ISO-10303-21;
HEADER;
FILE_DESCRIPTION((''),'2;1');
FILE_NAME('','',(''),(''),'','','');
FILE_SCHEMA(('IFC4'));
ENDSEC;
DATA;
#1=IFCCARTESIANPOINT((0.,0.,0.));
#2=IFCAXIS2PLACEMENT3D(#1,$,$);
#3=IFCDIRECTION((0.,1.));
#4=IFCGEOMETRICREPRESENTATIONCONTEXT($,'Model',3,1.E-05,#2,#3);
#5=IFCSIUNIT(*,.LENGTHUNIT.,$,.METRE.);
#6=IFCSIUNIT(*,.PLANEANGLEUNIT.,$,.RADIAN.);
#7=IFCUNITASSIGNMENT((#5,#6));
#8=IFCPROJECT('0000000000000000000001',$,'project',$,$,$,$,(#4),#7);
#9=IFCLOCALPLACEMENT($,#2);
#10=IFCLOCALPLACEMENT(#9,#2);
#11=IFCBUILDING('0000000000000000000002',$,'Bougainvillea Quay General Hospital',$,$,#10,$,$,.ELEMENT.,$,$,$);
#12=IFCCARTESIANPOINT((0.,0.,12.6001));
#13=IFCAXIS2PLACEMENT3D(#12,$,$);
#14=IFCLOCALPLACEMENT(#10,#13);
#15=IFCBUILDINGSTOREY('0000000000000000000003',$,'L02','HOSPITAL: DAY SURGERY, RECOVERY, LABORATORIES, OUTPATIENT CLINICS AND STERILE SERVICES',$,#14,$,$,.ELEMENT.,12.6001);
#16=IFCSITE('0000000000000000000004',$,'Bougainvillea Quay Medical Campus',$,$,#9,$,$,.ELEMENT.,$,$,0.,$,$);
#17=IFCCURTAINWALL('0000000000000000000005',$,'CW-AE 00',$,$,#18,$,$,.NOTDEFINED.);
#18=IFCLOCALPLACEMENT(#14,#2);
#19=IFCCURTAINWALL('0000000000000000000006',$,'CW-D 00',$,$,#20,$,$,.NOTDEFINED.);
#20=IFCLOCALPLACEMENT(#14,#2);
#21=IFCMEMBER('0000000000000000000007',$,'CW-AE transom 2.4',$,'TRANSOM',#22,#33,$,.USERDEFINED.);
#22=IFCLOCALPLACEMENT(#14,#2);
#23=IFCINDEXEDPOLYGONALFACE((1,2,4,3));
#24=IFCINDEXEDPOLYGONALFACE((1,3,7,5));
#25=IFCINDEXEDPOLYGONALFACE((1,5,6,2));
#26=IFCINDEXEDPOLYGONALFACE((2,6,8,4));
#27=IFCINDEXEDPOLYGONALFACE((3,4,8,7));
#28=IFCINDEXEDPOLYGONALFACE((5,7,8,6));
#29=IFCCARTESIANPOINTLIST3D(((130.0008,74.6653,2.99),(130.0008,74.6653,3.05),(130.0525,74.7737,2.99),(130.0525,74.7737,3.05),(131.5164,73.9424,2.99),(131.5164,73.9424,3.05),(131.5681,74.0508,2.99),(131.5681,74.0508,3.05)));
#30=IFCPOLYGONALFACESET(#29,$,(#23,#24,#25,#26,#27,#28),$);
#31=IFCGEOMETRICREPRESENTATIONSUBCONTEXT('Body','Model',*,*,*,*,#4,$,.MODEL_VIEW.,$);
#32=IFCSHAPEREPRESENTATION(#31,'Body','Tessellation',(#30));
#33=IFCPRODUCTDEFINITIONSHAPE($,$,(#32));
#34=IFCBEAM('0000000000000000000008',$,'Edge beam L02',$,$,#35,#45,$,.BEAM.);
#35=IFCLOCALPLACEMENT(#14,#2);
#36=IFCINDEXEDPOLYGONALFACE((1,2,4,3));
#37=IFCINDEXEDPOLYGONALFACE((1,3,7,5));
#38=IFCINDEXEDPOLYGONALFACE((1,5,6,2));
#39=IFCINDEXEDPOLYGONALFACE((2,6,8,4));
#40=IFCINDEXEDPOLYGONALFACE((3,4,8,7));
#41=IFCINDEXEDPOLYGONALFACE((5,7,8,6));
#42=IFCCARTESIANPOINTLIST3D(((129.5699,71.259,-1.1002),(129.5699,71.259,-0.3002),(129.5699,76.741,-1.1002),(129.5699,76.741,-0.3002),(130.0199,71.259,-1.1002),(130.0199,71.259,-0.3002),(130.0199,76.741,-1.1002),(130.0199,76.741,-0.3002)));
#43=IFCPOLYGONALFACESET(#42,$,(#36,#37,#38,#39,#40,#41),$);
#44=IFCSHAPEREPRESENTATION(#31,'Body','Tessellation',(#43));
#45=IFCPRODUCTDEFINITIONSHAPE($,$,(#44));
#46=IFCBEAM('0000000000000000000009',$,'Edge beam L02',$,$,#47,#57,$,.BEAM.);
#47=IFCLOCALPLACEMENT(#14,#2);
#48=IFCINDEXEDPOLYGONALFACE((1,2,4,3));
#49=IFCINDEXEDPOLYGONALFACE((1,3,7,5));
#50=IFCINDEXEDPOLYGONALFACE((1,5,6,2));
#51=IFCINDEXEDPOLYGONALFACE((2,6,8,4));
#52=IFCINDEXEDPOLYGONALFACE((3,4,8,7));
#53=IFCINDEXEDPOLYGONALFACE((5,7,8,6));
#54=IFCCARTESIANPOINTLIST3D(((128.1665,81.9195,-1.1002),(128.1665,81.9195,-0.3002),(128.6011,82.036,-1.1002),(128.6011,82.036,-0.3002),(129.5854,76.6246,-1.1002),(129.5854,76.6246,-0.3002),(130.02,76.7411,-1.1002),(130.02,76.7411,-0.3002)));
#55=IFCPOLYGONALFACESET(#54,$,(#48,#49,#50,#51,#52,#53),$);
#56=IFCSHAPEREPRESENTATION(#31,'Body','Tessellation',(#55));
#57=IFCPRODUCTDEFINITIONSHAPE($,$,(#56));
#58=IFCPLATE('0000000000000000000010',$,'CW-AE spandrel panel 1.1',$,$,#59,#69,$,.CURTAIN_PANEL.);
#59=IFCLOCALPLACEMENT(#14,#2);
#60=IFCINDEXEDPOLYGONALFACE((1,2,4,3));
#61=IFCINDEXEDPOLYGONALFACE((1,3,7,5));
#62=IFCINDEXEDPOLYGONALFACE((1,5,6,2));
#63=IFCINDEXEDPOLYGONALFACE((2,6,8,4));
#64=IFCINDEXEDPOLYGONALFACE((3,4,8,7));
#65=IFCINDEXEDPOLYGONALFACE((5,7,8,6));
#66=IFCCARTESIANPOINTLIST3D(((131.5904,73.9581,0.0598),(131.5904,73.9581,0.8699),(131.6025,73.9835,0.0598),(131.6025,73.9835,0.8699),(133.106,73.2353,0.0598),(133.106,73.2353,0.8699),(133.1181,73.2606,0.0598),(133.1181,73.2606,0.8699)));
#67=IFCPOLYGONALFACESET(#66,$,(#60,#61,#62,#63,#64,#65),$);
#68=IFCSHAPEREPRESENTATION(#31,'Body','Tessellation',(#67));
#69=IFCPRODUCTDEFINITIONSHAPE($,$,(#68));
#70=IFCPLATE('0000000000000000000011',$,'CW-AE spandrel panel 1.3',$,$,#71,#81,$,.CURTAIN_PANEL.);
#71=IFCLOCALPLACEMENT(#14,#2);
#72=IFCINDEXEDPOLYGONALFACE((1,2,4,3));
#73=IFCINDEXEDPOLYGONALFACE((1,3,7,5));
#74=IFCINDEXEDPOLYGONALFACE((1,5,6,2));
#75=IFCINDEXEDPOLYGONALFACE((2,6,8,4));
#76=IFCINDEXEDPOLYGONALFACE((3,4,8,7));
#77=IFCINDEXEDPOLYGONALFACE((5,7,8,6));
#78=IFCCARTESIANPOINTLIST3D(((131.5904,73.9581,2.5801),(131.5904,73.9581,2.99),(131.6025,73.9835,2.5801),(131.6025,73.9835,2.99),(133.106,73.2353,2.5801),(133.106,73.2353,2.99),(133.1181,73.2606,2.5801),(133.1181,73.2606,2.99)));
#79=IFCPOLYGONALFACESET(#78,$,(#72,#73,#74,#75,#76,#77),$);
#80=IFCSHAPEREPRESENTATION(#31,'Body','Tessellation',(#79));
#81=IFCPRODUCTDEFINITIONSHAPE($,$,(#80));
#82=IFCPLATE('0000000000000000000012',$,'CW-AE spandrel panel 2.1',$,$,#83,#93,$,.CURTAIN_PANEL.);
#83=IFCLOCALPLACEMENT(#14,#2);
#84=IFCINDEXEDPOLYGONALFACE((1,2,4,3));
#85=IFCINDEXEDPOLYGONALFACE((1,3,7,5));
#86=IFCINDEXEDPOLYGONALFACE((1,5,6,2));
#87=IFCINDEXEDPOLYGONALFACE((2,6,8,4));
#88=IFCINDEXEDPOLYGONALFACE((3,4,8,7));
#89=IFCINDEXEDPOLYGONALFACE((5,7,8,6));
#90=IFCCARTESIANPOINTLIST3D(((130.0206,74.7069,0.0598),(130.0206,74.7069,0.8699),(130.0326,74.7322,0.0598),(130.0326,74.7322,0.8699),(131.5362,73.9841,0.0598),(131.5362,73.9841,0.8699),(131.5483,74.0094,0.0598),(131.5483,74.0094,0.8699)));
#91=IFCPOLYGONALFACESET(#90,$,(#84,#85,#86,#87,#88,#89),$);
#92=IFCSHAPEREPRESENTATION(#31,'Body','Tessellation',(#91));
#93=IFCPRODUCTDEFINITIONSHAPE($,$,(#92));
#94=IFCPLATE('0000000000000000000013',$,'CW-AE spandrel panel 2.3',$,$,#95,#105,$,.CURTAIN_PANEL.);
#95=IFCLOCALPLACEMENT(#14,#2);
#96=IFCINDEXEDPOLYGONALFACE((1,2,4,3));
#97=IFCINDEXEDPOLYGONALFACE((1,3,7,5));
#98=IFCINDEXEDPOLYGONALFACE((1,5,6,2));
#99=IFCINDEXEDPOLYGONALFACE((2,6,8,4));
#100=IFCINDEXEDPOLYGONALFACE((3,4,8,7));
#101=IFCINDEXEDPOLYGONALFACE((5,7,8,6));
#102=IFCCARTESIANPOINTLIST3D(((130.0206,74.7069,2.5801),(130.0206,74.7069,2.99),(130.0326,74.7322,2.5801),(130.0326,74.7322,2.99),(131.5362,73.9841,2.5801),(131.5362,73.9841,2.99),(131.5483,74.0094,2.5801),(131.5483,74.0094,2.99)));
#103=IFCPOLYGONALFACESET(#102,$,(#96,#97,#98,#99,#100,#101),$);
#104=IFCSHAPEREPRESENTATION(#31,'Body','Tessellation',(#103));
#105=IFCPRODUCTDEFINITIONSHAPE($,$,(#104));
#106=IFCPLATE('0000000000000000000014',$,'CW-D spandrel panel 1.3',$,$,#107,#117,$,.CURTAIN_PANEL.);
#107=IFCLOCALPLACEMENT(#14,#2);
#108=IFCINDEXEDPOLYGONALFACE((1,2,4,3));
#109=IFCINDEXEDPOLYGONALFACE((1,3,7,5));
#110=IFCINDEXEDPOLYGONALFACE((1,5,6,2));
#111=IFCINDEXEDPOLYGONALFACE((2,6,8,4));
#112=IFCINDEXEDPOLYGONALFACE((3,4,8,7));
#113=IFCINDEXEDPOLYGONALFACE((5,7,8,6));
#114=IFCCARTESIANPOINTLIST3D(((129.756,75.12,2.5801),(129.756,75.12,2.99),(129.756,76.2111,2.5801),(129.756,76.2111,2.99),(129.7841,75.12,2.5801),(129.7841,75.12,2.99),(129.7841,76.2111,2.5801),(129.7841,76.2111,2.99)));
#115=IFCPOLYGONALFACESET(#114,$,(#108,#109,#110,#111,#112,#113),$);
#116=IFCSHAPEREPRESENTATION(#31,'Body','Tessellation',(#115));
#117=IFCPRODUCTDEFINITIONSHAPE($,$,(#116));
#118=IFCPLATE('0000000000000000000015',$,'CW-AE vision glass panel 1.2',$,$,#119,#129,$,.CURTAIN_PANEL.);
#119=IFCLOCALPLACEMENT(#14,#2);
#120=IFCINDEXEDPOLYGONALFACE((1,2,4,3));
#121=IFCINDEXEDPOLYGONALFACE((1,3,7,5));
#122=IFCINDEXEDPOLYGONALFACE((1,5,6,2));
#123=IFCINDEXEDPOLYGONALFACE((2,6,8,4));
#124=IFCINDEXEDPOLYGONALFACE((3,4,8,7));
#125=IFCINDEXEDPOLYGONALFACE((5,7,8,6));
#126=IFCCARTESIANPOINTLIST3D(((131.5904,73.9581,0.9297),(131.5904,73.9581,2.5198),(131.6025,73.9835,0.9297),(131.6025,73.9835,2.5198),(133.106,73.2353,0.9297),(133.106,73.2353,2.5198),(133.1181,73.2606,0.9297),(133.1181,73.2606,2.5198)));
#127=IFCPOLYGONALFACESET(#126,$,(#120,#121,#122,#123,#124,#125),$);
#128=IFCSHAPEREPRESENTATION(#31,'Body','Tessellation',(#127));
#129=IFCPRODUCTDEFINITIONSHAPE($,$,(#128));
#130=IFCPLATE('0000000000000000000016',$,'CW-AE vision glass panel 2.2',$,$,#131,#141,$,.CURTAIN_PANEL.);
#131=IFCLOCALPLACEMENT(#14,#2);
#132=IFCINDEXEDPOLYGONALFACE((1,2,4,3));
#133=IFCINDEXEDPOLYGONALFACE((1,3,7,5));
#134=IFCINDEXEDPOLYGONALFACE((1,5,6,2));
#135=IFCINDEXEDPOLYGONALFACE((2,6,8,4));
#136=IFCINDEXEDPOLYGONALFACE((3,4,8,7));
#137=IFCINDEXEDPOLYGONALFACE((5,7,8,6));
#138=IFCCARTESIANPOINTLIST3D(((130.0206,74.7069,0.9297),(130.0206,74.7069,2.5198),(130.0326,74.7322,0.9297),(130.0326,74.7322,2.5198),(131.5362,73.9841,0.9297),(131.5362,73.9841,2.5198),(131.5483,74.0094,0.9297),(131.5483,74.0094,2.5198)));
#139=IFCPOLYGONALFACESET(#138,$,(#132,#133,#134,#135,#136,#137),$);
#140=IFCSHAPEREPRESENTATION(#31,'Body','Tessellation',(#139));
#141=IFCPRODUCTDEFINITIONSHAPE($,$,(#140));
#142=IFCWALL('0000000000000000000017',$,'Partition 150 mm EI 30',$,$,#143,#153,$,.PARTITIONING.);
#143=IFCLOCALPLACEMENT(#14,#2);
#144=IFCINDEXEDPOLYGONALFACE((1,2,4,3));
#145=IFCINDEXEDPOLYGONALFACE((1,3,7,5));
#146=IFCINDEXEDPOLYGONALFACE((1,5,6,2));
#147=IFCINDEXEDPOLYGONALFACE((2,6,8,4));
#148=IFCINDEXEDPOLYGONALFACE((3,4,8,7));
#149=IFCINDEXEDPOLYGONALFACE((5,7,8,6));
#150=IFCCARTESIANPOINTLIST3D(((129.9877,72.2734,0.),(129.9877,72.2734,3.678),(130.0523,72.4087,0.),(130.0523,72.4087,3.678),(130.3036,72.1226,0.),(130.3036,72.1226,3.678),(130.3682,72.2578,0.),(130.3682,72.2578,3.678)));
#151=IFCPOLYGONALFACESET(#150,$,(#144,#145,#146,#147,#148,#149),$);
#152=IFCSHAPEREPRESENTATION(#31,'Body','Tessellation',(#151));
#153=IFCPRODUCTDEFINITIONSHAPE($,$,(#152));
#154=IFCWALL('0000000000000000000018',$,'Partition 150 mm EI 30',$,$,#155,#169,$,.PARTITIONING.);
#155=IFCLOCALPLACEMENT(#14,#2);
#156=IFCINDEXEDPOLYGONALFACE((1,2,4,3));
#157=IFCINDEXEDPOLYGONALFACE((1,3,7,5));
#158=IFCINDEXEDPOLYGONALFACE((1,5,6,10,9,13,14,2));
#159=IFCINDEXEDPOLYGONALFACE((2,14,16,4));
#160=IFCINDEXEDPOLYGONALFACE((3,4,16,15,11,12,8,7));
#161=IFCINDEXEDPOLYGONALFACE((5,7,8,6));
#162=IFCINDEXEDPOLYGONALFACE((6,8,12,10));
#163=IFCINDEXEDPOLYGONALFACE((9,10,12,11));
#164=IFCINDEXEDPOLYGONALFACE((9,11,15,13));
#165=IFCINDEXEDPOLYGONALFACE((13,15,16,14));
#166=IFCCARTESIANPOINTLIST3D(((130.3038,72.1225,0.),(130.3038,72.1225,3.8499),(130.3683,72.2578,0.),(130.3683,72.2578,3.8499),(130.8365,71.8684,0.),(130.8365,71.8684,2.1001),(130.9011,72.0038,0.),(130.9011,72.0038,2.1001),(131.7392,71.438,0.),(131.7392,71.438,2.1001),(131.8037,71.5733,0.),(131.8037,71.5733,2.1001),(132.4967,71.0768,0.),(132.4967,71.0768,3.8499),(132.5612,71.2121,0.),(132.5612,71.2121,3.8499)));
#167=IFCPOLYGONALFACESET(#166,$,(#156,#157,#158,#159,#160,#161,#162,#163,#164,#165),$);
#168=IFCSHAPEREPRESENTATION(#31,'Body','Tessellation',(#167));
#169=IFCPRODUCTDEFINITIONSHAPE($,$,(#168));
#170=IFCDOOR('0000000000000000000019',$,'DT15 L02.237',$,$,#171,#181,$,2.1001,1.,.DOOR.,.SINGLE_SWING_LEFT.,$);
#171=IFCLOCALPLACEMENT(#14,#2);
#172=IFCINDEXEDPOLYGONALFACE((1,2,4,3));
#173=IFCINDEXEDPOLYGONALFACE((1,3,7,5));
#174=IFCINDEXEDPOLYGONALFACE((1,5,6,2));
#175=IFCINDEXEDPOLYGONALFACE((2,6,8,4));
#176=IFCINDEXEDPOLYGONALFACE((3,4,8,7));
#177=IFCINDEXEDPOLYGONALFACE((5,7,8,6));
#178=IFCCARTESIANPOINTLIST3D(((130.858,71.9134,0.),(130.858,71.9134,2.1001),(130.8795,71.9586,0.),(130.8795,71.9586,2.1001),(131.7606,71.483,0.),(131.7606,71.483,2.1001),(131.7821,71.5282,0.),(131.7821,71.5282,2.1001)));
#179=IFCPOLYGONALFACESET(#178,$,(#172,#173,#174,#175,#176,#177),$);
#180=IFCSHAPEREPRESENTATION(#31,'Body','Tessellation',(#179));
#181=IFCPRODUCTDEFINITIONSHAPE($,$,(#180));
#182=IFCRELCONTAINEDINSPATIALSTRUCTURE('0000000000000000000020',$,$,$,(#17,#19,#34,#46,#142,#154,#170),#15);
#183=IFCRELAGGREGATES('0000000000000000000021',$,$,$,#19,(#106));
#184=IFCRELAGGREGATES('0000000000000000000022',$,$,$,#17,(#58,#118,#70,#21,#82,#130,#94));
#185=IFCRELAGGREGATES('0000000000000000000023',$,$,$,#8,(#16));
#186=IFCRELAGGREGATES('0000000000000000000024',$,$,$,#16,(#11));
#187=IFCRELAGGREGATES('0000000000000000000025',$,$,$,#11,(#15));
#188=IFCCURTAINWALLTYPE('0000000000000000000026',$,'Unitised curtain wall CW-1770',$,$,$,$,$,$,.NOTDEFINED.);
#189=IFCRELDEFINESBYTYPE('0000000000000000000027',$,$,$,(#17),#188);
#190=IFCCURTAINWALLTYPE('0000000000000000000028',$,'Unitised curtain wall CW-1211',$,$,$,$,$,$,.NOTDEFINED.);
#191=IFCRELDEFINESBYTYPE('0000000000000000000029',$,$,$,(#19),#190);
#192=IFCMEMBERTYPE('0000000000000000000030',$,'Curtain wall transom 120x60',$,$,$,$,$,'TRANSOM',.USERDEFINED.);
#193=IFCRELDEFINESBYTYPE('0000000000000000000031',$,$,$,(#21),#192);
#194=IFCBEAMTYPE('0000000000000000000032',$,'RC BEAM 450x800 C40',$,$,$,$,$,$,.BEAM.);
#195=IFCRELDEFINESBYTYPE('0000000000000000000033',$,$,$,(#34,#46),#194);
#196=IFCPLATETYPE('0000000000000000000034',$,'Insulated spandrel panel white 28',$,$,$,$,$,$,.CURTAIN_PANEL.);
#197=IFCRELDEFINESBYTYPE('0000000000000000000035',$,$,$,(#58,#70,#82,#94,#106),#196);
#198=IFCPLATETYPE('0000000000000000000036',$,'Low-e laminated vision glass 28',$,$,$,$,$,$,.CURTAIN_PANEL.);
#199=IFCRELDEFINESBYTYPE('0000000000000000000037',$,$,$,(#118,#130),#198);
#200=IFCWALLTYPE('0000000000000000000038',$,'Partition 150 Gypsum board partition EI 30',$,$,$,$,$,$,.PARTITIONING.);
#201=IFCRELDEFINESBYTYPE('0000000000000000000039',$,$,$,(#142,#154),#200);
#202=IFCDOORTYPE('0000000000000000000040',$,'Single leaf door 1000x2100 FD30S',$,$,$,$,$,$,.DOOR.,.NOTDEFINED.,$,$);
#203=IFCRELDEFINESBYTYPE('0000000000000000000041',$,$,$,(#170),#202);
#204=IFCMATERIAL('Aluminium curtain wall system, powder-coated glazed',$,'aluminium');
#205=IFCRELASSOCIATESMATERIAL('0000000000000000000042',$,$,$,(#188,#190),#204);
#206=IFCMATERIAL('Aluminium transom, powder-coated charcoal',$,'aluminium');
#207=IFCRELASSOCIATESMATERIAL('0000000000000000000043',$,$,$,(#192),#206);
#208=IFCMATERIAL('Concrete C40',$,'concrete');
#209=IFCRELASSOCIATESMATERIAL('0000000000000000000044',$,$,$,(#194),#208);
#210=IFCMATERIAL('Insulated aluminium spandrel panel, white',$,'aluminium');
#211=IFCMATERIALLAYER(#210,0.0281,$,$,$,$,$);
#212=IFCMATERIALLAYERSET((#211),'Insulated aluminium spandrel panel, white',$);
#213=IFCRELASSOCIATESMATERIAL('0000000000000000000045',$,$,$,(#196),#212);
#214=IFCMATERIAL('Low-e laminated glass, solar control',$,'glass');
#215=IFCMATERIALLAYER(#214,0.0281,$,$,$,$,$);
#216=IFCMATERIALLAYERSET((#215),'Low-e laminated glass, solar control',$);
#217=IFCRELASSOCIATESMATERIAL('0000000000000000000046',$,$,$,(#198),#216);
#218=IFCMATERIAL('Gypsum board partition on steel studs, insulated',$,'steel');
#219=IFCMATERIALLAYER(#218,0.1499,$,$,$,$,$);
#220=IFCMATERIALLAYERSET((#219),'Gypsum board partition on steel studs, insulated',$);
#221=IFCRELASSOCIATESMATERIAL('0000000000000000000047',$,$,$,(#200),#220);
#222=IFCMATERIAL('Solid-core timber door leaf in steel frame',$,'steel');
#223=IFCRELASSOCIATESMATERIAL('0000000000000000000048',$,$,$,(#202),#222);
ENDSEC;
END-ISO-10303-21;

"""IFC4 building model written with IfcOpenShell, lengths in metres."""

from ifc_helpers import new_model, si_unit, direction, frame, frame_2d, origin, origin_2d, place, context, subcontext, project, spatial, rectangle, extrude, material, layer, layer_set, material_profile, profile_set, type_object, element, fill, aggregate, save


model = new_model("IFC4")

# Units and contexts
model_context = context("Model", 3, precision=1e-05, world=origin(), true_north=direction((0.0, 1.0)))
body_context = subcontext(model_context, "Body", "Model", "MODEL_VIEW")
ifc_project = project(units=[si_unit("LENGTHUNIT", "METRE"), si_unit("PLANEANGLEUNIT", "RADIAN")], contexts=[model_context])

# Site, building, storey
site_placement = place(None, origin())
site = spatial("IfcSite", under=ifc_project, at=site_placement, Name="Bougainvillea Quay Medical Campus", CompositionType="ELEMENT", RefElevation=0.0)
building_placement = place(site_placement, origin())
building = spatial("IfcBuilding", under=site, at=building_placement, Name="Bougainvillea Quay General Hospital", CompositionType="ELEMENT")
storey_placement = place(building_placement, frame((0.0, 0.0, 12.6001)))
storey = spatial("IfcBuildingStorey", under=building, at=storey_placement, Name="L02", Description="HOSPITAL: DAY SURGERY, RECOVERY, LABORATORIES, OUTPATIENT CLINICS AND STERILE SERVICES", CompositionType="ELEMENT", Elevation=12.6001)

# Shared definitions
ifc_material_1 = material(Name="Concrete C40", Category="concrete")

# Curtain wall
ifc_material_2 = material(Name="Aluminium curtain wall system, powder-coated glazed", Category="aluminium")
curtain_wall_type_1 = type_object("IfcCurtainWallType", Name="Unitised curtain wall CW-1770", PredefinedType="NOTDEFINED", material=ifc_material_2)
curtain_wall_1_placement = place(storey_placement, origin())
curtain_wall_1 = element("IfcCurtainWall", 1, at=curtain_wall_1_placement, inside=storey, type_object=curtain_wall_type_1, Name="CW-AE 00", PredefinedType="NOTDEFINED")

# Curtain wall
curtain_wall_type_2 = type_object("IfcCurtainWallType", Name="Unitised curtain wall CW-1211", PredefinedType="NOTDEFINED", material=ifc_material_2)
curtain_wall_2_placement = place(storey_placement, origin())
curtain_wall_2 = element("IfcCurtainWall", 2, at=curtain_wall_2_placement, inside=storey, type_object=curtain_wall_type_2, Name="CW-D 00", PredefinedType="NOTDEFINED")

# Member
ifc_material_3 = material(Name="Aluminium transom, powder-coated charcoal", Category="aluminium")
ifc_material_profile_1 = material_profile(ifc_material_3, rectangle(XDim=0.1201, YDim=0.0601, at=origin_2d()))
ifc_profile_set_1 = profile_set([ifc_material_profile_1], Name="Aluminium transom, powder-coated charcoal")
member_type_1 = type_object("IfcMemberType", Name="Curtain wall transom 120x60", ElementType="TRANSOM", PredefinedType="USERDEFINED", material=ifc_profile_set_1)
member_1_placement = place(storey_placement, frame((131.5422, 73.9966, 3.02), z_axis=(-0.902589, 0.430504, 0.0), x_axis=(-0.430504, -0.902589, 0.0)))
member_1 = element("IfcMember", 3, at=member_1_placement, type_object=member_type_1, Name="CW-AE transom 2.4", ObjectType="TRANSOM", PredefinedType="USERDEFINED", context=body_context, shape_type="SweptSolid", body=[
    extrude(rectangle(XDim=0.1201, YDim=0.0601, at=origin_2d()), origin(), (0.0, 0.0, 1.0), 1.6792),
])

# Beams
ifc_material_profile_2 = material_profile(ifc_material_1, rectangle(XDim=0.45, YDim=0.8, at=origin_2d()))
ifc_profile_set_2 = profile_set([ifc_material_profile_2], Name="Concrete C40")
beam_type = type_object("IfcBeamType", Name="RC BEAM 450x800 C40", PredefinedType="BEAM", material=ifc_profile_set_2)
beam_1_placement = place(storey_placement, frame((129.7949, 71.259, -0.7002), z_axis=(0.0, 1.0, 0.0), x_axis=(-1.0, 0.0, 0.0)))
element("IfcBeam", 4, at=beam_1_placement, inside=storey, type_object=beam_type, Name="Edge beam L02", PredefinedType="BEAM", context=body_context, shape_type="SweptSolid", body=[
    extrude(rectangle(XDim=0.45, YDim=0.8, at=origin_2d()), origin(), (0.0, 0.0, 1.0), 5.4819),
])
beam_2_placement = place(storey_placement, frame((129.8027, 76.6829, -0.7002), z_axis=(-0.258849, 0.965918, 0.0), x_axis=(-0.965918, -0.258849, 0.0)))
element("IfcBeam", 5, at=beam_2_placement, inside=storey, type_object=beam_type, Name="Edge beam L02", PredefinedType="BEAM", context=body_context, shape_type="SweptSolid", body=[
    extrude(rectangle(XDim=0.45, YDim=0.8, at=origin_2d()), origin(), (0.0, 0.0, 1.0), 5.4817),
])

# Plates
ifc_material_4 = material(Name="Insulated aluminium spandrel panel, white", Category="aluminium")
ifc_layer_1 = layer(ifc_material_4, 0.0281)
ifc_layer_set_1 = layer_set([ifc_layer_1], Name="Insulated aluminium spandrel panel, white")
plate_type_1 = type_object("IfcPlateType", Name="Insulated spandrel panel white 28", PredefinedType="CURTAIN_PANEL", material=ifc_layer_set_1)
plate_1_placement = place(storey_placement, frame((132.3542, 73.6094, 0.0598), z_axis=(0.0, 0.0, 1.0), x_axis=(-0.902608, 0.430463, 0.0)))
plate_1 = element("IfcPlate", 6, at=plate_1_placement, type_object=plate_type_1, Name="CW-AE spandrel panel 1.1", PredefinedType="CURTAIN_PANEL", context=body_context, shape_type="SweptSolid", body=[
    extrude(rectangle(XDim=1.6792, YDim=0.0281, at=origin_2d()), origin(), (0.0, 0.0, 1.0), 0.8101),
])
plate_2_placement = place(storey_placement, frame((132.3542, 73.6094, 2.5801), z_axis=(0.0, 0.0, 1.0), x_axis=(-0.902608, 0.430463, 0.0)))
plate_2 = element("IfcPlate", 7, at=plate_2_placement, type_object=plate_type_1, Name="CW-AE spandrel panel 1.3", PredefinedType="CURTAIN_PANEL", context=body_context, shape_type="SweptSolid", body=[
    extrude(rectangle(XDim=1.6792, YDim=0.0281, at=origin_2d()), origin(), (0.0, 0.0, 1.0), 0.4099),
])
plate_3_placement = place(storey_placement, frame((130.7844, 74.3582, 0.0598), z_axis=(0.0, 0.0, 1.0), x_axis=(-0.902608, 0.430463, 0.0)))
plate_3 = element("IfcPlate", 8, at=plate_3_placement, type_object=plate_type_1, Name="CW-AE spandrel panel 2.1", PredefinedType="CURTAIN_PANEL", context=body_context, shape_type="SweptSolid", body=[
    extrude(rectangle(XDim=1.6792, YDim=0.0281, at=origin_2d()), origin(), (0.0, 0.0, 1.0), 0.8101),
])
plate_4_placement = place(storey_placement, frame((130.7844, 74.3582, 2.5801), z_axis=(0.0, 0.0, 1.0), x_axis=(-0.902608, 0.430463, 0.0)))
plate_4 = element("IfcPlate", 9, at=plate_4_placement, type_object=plate_type_1, Name="CW-AE spandrel panel 2.3", PredefinedType="CURTAIN_PANEL", context=body_context, shape_type="SweptSolid", body=[
    extrude(rectangle(XDim=1.6792, YDim=0.0281, at=origin_2d()), origin(), (0.0, 0.0, 1.0), 0.4099),
])
plate_5_placement = place(storey_placement, frame((129.77, 75.6655, 2.5801), z_axis=(0.0, 0.0, 1.0), x_axis=(0.0, 1.0, 0.0)))
plate_5 = element("IfcPlate", 10, at=plate_5_placement, type_object=plate_type_1, Name="CW-D spandrel panel 1.3", PredefinedType="CURTAIN_PANEL", context=body_context, shape_type="SweptSolid", body=[
    extrude(rectangle(XDim=1.0911, YDim=0.0281, at=origin_2d()), origin(), (0.0, 0.0, 1.0), 0.4099),
])
aggregate(curtain_wall_2, [plate_5])
ifc_material_5 = material(Name="Low-e laminated glass, solar control", Category="glass")
ifc_layer_2 = layer(ifc_material_5, 0.0281)
ifc_layer_set_2 = layer_set([ifc_layer_2], Name="Low-e laminated glass, solar control")
plate_type_2 = type_object("IfcPlateType", Name="Low-e laminated vision glass 28", PredefinedType="CURTAIN_PANEL", material=ifc_layer_set_2)
plate_6_placement = place(storey_placement, frame((132.3542, 73.6094, 0.9297), z_axis=(0.0, 0.0, 1.0), x_axis=(-0.902608, 0.430463, 0.0)))
plate_6 = element("IfcPlate", 11, at=plate_6_placement, type_object=plate_type_2, Name="CW-AE vision glass panel 1.2", PredefinedType="CURTAIN_PANEL", context=body_context, shape_type="SweptSolid", body=[
    extrude(rectangle(XDim=1.6792, YDim=0.0281, at=origin_2d()), origin(), (0.0, 0.0, 1.0), 1.5901),
])
plate_7_placement = place(storey_placement, frame((130.7844, 74.3582, 0.9297), z_axis=(0.0, 0.0, 1.0), x_axis=(-0.902608, 0.430463, 0.0)))
plate_7 = element("IfcPlate", 12, at=plate_7_placement, type_object=plate_type_2, Name="CW-AE vision glass panel 2.2", PredefinedType="CURTAIN_PANEL", context=body_context, shape_type="SweptSolid", body=[
    extrude(rectangle(XDim=1.6792, YDim=0.0281, at=origin_2d()), origin(), (0.0, 0.0, 1.0), 1.5901),
])
aggregate(curtain_wall_1, [plate_1, plate_6, plate_2, member_1, plate_3, plate_7, plate_4])

# Wall
ifc_material_6 = material(Name="Gypsum board partition on steel studs, insulated", Category="steel")
ifc_layer_3 = layer(ifc_material_6, 0.1499)
ifc_layer_set_3 = layer_set([ifc_layer_3], Name="Gypsum board partition on steel studs, insulated")
wall_type_1 = type_object("IfcWallType", Name="Partition 150 Gypsum board partition EI 30", PredefinedType="PARTITIONING", material=ifc_layer_set_3)
wall_1_placement = place(storey_placement, frame((130.02, 72.3411, 0.0), z_axis=(0.0, 0.0, 1.0), x_axis=(0.90237, -0.430962, 0.0)))
element("IfcWall", 13, at=wall_1_placement, inside=storey, type_object=wall_type_1, Name="Partition 150 mm EI 30", PredefinedType="PARTITIONING", context=body_context, shape_type="SweptSolid", body=[
    extrude(rectangle(XDim=0.3501, YDim=0.1499, at=frame_2d((0.175, 0.0))), origin(), (0.0, 0.0, 1.0), 3.678),
])

# Wall, opening, door
wall_2_placement = place(storey_placement, frame((130.3359, 72.1902, 0.0), z_axis=(0.0, 0.0, 1.0), x_axis=(0.902632, -0.430413, 0.0)))
wall_2 = element("IfcWall", 14, at=wall_2_placement, inside=storey, type_object=wall_type_1, Name="Partition 150 mm EI 30", PredefinedType="PARTITIONING", context=body_context, shape_type="SweptSolid", body=[
    extrude(rectangle(XDim=2.4294, YDim=0.1499, at=frame_2d((1.2148, 0.0))), origin(), (0.0, 0.0, 1.0), 3.8499),
])
opening_placement = place(wall_2_placement, frame((0.5903, 0.0, 0.0)))
opening = element("IfcOpeningElement", 15, at=opening_placement, cuts=wall_2, PredefinedType="OPENING", context=body_context, shape_type="SweptSolid", body=[
    extrude(rectangle(XDim=1.0, YDim=2.1001, at=frame_2d((0.5, 1.05))), frame((0.0, 0.085, 0.0), z_axis=(0.0, -1.0, 0.0), x_axis=(1.0, 0.0, 0.0)), (0.0, 0.0, 1.0), 0.1699),
])
ifc_material_7 = material(Name="Solid-core timber door leaf in steel frame", Category="steel")
door_type = type_object("IfcDoorType", Name="Single leaf door 1000x2100 FD30S", OperationType="NOTDEFINED", PredefinedType="DOOR", material=ifc_material_7)
door_placement = place(opening_placement, origin())
door = element("IfcDoor", 16, at=door_placement, inside=storey, type_object=door_type, Name="DT15 L02.237", OperationType="SINGLE_SWING_LEFT", OverallHeight=2.1001, OverallWidth=1.0, PredefinedType="DOOR", context=body_context, shape_type="SweptSolid", body=[
    extrude(rectangle(XDim=1.0, YDim=2.1001, at=frame_2d((0.5, 1.05))), frame((0.0, 0.0249, 0.0), z_axis=(0.0, -1.0, 0.0), x_axis=(1.0, 0.0, 0.0)), (0.0, 0.0, 1.0), 0.05),
])
fill(opening, door)

save(model, "model.ifc")
